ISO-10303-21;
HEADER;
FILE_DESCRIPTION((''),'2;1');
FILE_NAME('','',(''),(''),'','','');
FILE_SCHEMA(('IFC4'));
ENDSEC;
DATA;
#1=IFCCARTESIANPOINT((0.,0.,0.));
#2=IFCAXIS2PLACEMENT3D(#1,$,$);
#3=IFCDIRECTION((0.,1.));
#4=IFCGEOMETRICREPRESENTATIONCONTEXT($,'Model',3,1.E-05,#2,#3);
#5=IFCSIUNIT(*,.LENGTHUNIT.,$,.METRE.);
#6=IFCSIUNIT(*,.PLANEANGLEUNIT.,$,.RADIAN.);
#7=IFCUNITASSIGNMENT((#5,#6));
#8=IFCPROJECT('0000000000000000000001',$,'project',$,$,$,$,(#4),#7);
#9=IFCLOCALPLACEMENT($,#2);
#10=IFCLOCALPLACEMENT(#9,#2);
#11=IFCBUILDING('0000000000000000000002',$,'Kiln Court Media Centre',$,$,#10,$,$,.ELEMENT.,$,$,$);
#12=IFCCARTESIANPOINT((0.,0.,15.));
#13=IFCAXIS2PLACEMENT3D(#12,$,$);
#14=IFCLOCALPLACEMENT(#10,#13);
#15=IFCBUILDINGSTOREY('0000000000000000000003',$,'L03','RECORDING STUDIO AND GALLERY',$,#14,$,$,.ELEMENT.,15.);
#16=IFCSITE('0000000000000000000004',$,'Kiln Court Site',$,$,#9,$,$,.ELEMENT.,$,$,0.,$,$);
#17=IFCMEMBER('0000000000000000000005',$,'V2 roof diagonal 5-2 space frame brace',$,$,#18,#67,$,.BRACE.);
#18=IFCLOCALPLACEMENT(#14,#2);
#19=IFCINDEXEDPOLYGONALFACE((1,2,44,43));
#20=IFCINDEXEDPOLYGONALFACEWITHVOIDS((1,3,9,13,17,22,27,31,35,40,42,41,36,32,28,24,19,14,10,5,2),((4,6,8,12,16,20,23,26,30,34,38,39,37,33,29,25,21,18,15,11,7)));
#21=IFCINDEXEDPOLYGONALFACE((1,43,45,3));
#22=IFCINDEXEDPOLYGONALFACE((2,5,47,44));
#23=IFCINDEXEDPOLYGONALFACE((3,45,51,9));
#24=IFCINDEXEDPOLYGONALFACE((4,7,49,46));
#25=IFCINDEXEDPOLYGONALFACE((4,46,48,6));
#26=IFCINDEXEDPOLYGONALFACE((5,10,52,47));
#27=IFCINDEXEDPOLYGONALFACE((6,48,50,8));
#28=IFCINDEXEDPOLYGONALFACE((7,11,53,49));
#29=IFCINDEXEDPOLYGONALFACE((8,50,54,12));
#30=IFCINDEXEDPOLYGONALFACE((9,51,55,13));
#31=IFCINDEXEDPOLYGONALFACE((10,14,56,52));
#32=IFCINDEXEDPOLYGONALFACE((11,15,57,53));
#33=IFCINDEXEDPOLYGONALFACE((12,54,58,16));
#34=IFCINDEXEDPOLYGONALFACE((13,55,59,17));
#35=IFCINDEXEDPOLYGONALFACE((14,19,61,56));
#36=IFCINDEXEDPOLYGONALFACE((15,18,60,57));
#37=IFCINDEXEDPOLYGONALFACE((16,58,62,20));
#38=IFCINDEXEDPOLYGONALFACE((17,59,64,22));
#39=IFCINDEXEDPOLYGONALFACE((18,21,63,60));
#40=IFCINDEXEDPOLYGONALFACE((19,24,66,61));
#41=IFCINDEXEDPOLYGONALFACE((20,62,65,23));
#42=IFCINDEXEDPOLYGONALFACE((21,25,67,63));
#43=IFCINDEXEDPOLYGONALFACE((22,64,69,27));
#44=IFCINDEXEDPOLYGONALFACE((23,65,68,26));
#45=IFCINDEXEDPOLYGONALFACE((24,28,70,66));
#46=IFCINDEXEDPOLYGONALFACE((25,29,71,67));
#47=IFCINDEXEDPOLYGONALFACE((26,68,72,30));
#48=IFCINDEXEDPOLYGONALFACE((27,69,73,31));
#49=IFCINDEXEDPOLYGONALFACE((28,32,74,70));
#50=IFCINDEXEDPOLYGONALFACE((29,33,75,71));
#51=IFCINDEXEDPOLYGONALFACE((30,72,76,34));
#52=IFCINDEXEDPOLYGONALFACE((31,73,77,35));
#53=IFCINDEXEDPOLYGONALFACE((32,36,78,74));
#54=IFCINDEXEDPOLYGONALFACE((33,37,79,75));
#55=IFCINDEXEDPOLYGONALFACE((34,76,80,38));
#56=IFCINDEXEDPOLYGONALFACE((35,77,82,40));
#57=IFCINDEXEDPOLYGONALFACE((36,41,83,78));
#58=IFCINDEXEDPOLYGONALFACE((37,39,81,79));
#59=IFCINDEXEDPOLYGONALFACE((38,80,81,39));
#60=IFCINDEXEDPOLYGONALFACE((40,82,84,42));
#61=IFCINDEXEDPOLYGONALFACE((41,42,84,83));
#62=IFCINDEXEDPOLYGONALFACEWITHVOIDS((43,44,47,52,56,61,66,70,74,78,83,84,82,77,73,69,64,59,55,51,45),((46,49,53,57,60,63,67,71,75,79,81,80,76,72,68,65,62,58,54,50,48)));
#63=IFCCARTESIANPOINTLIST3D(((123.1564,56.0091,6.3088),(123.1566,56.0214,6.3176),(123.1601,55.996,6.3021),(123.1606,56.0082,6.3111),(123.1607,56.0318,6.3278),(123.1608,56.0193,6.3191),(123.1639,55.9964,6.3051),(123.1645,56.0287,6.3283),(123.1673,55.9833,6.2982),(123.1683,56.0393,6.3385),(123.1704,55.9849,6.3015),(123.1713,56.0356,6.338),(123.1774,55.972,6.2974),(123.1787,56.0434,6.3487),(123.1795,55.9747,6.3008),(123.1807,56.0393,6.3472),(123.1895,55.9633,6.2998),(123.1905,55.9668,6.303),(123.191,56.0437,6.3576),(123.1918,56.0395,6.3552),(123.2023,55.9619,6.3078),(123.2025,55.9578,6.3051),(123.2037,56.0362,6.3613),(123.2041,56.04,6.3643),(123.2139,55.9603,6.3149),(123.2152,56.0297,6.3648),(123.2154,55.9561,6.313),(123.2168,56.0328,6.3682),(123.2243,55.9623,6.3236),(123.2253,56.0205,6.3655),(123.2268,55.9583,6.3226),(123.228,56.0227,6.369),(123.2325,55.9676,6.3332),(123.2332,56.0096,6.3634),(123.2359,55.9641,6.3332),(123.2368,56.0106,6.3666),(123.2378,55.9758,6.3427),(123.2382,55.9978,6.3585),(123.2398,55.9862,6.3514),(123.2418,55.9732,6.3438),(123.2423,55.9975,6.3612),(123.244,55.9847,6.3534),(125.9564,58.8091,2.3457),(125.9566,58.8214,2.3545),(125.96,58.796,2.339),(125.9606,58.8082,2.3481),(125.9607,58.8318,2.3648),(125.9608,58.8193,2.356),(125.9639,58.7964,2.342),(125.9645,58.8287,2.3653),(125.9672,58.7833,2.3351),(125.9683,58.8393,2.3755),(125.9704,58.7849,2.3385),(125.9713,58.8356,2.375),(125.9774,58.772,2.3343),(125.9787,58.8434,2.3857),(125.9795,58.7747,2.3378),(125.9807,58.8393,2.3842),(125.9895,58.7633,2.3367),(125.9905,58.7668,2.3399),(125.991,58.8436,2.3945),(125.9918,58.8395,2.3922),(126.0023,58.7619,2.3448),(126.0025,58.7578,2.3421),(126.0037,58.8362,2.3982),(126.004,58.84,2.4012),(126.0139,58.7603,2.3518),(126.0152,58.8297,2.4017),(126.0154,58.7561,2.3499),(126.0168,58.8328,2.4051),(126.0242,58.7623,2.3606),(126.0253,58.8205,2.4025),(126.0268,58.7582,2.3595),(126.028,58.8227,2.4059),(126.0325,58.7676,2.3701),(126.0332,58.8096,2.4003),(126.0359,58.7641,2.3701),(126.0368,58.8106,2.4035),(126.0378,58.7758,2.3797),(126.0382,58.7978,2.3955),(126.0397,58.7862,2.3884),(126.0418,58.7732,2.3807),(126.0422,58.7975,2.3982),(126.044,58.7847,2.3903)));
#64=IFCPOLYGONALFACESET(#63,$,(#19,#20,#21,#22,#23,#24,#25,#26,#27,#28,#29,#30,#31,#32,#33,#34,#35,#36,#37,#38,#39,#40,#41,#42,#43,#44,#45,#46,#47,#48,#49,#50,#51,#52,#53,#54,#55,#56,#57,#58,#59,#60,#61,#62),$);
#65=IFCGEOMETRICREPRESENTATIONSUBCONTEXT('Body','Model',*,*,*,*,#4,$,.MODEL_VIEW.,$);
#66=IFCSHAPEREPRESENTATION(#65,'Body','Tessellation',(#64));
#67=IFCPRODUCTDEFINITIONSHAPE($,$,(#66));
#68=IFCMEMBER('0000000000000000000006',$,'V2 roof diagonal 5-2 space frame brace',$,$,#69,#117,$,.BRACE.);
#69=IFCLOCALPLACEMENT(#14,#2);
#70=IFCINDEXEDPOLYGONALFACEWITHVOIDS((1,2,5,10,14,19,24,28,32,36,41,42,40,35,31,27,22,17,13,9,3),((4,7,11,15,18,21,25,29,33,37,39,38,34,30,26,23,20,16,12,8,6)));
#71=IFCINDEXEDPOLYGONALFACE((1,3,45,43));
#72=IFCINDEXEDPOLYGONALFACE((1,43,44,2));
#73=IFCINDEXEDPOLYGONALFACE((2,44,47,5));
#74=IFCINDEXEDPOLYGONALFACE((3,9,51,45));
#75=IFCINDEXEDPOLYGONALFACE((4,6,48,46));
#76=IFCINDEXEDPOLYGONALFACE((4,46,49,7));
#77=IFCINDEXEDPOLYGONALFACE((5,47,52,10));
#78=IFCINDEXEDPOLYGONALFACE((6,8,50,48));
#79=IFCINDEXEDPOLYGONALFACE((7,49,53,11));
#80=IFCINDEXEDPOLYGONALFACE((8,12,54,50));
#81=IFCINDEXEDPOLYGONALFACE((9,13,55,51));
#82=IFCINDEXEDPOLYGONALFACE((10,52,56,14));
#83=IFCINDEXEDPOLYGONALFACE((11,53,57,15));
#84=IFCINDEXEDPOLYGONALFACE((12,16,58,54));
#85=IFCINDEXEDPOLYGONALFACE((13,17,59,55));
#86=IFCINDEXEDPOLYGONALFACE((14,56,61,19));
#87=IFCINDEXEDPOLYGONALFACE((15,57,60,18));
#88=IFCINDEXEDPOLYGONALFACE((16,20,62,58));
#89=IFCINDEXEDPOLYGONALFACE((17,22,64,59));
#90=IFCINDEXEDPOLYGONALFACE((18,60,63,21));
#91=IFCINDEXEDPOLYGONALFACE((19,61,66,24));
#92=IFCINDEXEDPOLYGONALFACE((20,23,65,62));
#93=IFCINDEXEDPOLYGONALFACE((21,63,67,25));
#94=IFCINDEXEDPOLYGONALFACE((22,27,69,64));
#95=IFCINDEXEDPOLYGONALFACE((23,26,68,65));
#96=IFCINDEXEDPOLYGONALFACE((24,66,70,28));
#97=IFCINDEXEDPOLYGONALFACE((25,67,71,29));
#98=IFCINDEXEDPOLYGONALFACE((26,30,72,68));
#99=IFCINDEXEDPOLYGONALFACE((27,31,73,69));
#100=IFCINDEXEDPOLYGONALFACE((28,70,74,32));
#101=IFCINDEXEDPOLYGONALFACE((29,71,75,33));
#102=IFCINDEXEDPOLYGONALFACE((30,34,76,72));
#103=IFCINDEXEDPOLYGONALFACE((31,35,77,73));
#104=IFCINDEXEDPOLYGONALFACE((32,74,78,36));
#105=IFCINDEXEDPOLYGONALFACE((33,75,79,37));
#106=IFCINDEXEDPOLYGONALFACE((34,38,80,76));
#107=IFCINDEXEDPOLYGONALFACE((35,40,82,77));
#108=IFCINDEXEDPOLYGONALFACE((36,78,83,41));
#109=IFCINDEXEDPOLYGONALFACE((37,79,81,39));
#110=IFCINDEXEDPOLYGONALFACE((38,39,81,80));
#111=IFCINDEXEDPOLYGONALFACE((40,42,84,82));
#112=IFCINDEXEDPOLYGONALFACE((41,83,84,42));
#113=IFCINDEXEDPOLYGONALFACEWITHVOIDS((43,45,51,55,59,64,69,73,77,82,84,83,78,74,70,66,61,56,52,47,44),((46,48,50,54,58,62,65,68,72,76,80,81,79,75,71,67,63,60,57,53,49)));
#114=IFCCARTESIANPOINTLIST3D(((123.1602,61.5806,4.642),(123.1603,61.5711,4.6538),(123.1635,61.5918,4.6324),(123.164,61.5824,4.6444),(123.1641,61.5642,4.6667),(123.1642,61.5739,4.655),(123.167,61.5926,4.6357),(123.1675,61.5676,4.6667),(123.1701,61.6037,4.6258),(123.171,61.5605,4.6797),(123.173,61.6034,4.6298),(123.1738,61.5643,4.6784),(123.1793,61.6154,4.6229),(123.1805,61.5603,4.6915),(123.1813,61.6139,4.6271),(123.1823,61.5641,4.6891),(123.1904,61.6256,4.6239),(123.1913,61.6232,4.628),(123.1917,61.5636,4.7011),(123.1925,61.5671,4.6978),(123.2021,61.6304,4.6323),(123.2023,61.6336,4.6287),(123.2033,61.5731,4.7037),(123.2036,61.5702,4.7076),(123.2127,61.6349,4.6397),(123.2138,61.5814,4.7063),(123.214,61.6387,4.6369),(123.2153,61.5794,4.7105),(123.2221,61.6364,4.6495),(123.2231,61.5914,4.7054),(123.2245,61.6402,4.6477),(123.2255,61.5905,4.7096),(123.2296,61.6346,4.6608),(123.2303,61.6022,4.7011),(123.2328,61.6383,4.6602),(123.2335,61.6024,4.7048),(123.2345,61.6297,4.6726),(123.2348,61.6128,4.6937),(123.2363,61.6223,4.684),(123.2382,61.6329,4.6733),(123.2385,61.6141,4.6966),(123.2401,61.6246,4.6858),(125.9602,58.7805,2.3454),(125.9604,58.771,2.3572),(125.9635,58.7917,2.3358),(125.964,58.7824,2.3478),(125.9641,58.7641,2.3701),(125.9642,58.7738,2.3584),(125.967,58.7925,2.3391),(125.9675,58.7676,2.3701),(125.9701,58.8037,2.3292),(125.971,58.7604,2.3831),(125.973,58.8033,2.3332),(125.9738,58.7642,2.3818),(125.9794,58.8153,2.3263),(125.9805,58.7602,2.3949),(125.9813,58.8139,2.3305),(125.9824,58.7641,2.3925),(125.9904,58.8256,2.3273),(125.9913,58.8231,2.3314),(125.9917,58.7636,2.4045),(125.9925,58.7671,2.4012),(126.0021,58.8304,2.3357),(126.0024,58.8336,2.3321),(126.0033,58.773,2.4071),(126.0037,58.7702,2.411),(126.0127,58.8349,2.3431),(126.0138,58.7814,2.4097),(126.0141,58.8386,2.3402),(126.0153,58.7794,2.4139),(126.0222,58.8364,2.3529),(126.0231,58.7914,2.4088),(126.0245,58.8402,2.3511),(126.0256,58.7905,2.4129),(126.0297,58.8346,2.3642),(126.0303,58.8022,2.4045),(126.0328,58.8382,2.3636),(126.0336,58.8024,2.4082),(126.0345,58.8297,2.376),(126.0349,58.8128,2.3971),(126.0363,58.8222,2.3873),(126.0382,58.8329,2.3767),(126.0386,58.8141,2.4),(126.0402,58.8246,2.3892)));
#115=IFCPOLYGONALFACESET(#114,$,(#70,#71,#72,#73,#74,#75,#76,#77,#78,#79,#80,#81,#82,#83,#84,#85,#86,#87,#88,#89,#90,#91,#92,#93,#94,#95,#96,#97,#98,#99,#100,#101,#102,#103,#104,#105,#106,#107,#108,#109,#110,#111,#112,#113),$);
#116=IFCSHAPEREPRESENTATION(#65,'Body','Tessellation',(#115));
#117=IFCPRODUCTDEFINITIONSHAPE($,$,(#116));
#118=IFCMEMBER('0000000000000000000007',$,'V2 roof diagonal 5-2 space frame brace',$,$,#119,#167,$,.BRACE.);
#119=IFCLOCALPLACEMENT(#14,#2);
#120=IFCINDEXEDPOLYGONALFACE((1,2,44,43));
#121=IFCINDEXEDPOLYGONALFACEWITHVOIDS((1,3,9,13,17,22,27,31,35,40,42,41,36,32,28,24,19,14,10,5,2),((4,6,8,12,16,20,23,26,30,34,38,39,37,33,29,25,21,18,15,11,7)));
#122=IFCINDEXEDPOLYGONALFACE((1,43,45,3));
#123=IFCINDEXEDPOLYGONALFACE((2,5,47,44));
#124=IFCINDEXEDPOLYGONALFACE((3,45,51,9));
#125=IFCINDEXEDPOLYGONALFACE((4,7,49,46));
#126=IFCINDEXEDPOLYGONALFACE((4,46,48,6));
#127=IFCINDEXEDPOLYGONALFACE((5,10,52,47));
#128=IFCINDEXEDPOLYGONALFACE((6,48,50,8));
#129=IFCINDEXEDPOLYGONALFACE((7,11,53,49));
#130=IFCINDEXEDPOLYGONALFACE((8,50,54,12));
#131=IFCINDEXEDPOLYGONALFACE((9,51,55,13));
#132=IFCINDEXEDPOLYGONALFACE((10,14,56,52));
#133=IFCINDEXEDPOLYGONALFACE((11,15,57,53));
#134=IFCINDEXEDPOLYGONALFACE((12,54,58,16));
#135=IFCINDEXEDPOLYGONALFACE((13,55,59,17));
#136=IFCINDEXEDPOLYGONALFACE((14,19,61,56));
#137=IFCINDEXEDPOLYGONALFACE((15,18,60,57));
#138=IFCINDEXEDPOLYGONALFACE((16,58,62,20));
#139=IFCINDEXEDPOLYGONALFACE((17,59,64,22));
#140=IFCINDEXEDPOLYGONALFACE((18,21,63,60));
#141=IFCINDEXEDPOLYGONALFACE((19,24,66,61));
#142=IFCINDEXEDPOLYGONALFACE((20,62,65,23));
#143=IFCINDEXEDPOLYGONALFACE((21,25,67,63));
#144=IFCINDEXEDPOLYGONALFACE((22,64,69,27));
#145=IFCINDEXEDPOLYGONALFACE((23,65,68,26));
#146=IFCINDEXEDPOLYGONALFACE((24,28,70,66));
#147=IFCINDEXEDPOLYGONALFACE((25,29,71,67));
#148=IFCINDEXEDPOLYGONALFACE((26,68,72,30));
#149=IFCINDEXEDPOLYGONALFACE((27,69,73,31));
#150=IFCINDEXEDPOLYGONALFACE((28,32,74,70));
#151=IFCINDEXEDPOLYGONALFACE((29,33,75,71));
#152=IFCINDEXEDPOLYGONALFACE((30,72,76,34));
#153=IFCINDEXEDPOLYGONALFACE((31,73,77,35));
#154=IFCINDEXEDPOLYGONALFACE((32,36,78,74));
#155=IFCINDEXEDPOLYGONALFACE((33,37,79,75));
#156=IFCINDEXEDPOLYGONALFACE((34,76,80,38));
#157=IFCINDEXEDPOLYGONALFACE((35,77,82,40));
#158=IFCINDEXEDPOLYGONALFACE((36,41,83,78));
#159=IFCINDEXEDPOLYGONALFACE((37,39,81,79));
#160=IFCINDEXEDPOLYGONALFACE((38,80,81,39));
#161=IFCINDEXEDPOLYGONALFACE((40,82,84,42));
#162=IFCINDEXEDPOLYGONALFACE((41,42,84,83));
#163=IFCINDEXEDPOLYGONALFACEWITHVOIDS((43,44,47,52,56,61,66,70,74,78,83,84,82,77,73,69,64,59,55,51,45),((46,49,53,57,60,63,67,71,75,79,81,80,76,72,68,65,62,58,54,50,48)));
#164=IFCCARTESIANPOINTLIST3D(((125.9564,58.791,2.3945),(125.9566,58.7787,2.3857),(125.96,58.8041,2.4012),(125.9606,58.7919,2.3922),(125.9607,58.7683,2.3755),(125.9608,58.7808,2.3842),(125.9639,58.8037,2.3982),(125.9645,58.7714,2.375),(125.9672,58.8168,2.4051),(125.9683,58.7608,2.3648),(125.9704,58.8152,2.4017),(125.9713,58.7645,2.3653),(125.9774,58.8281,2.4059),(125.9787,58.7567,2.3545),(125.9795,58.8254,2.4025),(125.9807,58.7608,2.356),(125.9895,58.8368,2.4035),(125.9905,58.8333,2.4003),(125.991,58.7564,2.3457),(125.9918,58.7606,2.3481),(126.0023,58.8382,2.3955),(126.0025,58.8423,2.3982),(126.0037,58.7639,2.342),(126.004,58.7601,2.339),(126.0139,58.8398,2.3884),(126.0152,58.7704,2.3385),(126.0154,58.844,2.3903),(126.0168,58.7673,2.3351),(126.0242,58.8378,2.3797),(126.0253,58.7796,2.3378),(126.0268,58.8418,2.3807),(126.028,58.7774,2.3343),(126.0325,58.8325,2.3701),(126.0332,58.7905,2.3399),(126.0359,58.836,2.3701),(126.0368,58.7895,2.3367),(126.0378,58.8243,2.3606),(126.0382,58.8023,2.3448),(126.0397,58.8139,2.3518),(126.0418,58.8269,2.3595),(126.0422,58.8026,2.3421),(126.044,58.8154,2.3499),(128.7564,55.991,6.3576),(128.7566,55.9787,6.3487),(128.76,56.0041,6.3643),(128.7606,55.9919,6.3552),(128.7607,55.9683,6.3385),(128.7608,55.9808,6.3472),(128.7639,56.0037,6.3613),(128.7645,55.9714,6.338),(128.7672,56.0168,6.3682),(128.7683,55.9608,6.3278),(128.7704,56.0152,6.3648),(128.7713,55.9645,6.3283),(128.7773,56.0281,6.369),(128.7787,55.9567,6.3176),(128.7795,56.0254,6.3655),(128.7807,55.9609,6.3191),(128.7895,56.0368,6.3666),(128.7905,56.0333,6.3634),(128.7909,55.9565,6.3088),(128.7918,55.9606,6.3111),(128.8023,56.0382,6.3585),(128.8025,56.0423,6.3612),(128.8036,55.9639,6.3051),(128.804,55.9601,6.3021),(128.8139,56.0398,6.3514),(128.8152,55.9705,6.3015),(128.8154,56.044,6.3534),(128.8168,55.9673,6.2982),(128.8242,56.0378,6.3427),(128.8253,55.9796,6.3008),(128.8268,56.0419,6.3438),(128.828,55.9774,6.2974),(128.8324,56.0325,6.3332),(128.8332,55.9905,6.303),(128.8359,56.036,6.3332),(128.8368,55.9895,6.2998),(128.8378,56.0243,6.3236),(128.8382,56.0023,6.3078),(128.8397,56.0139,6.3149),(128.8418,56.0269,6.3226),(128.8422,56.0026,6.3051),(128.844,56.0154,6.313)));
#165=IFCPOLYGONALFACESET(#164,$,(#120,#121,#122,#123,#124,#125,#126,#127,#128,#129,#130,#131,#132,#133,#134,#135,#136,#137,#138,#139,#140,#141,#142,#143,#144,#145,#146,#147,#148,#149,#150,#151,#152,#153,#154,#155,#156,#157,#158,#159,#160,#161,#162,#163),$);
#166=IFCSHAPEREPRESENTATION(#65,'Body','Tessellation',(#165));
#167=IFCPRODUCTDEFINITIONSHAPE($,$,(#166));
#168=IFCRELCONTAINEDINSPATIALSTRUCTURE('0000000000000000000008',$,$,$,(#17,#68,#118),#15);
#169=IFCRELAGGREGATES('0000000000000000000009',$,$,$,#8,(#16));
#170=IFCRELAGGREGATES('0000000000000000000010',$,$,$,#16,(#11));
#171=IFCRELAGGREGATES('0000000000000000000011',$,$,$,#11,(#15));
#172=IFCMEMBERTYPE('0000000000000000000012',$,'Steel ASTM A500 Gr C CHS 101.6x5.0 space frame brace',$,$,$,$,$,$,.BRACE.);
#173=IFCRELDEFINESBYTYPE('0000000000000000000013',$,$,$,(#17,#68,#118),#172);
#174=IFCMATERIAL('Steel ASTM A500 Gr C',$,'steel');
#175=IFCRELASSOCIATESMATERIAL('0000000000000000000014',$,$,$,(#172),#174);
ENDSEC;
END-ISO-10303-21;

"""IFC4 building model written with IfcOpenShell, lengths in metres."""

from ifc_helpers import new_model, si_unit, direction, frame, origin, origin_2d, place, context, subcontext, project, spatial, hollow_circle, extrude, material, material_profile, profile_set, type_object, element, save


model = new_model("IFC4")

# Units and contexts
model_context = context("Model", 3, precision=1e-05, world=origin(), true_north=direction((0.0, 1.0)))
body_context = subcontext(model_context, "Body", "Model", "MODEL_VIEW")
ifc_project = project(units=[si_unit("LENGTHUNIT", "METRE"), si_unit("PLANEANGLEUNIT", "RADIAN")], contexts=[model_context])

# Site, building, storey
site_placement = place(None, origin())
site = spatial("IfcSite", under=ifc_project, at=site_placement, Name="Kiln Court Site", CompositionType="ELEMENT", RefElevation=0.0)
building_placement = place(site_placement, origin())
building = spatial("IfcBuilding", under=site, at=building_placement, Name="Kiln Court Media Centre", CompositionType="ELEMENT")
storey_placement = place(building_placement, frame((0.0, 0.0, 15.0)))
storey = spatial("IfcBuildingStorey", under=building, at=storey_placement, Name="L03", Description="RECORDING STUDIO AND GALLERY", CompositionType="ELEMENT", Elevation=15.0)

# Members
ifc_material_1 = material(Name="Steel ASTM A500 Gr C", Category="steel")
ifc_material_profile_1 = material_profile(ifc_material_1, hollow_circle(Radius=0.0508, WallThickness=0.0049, at=origin_2d()), Name="CHS 101.6x5.0")
ifc_profile_set_1 = profile_set([ifc_material_profile_1], Name="Steel ASTM A500 Gr C")
member_type_1 = type_object("IfcMemberType", Name="Steel ASTM A500 Gr C CHS 101.6x5.0 space frame brace", PredefinedType="BRACE", material=ifc_profile_set_1)
member_1_placement = place(storey_placement, frame((126.0, 58.8, 2.3701), z_axis=(-0.499794, -0.499794, 0.707398), x_axis=(0.707107, -0.707107, 0.0)))
element("IfcMember", 1, at=member_1_placement, inside=storey, type_object=member_type_1, Name="V2 roof diagonal 5-2 space frame brace", PredefinedType="BRACE", context=body_context, shape_type="SweptSolid", body=[
    extrude(hollow_circle(Radius=0.0508, WallThickness=0.0049, at=origin_2d()), origin(), (0.0, 0.0, 1.0), 5.6023),
])
member_2_placement = place(storey_placement, frame((126.0, 58.8, 2.3701), z_axis=(-0.611676, 0.611676, 0.501703), x_axis=(-0.707107, -0.707107, 0.0)))
element("IfcMember", 2, at=member_2_placement, inside=storey, type_object=member_type_1, Name="V2 roof diagonal 5-2 space frame brace", PredefinedType="BRACE", context=body_context, shape_type="SweptSolid", body=[
    extrude(hollow_circle(Radius=0.0508, WallThickness=0.0049, at=origin_2d()), origin(), (0.0, 0.0, 1.0), 4.5776),
])
member_3_placement = place(storey_placement, frame((126.0, 58.8, 2.3701), z_axis=(0.499794, -0.499794, 0.707398), x_axis=(0.707107, 0.707107, 0.0)))
element("IfcMember", 3, at=member_3_placement, inside=storey, type_object=member_type_1, Name="V2 roof diagonal 5-2 space frame brace", PredefinedType="BRACE", context=body_context, shape_type="SweptSolid", body=[
    extrude(hollow_circle(Radius=0.0508, WallThickness=0.0049, at=origin_2d()), origin(), (0.0, 0.0, 1.0), 5.6023),
])

save(model, "model.ifc")
